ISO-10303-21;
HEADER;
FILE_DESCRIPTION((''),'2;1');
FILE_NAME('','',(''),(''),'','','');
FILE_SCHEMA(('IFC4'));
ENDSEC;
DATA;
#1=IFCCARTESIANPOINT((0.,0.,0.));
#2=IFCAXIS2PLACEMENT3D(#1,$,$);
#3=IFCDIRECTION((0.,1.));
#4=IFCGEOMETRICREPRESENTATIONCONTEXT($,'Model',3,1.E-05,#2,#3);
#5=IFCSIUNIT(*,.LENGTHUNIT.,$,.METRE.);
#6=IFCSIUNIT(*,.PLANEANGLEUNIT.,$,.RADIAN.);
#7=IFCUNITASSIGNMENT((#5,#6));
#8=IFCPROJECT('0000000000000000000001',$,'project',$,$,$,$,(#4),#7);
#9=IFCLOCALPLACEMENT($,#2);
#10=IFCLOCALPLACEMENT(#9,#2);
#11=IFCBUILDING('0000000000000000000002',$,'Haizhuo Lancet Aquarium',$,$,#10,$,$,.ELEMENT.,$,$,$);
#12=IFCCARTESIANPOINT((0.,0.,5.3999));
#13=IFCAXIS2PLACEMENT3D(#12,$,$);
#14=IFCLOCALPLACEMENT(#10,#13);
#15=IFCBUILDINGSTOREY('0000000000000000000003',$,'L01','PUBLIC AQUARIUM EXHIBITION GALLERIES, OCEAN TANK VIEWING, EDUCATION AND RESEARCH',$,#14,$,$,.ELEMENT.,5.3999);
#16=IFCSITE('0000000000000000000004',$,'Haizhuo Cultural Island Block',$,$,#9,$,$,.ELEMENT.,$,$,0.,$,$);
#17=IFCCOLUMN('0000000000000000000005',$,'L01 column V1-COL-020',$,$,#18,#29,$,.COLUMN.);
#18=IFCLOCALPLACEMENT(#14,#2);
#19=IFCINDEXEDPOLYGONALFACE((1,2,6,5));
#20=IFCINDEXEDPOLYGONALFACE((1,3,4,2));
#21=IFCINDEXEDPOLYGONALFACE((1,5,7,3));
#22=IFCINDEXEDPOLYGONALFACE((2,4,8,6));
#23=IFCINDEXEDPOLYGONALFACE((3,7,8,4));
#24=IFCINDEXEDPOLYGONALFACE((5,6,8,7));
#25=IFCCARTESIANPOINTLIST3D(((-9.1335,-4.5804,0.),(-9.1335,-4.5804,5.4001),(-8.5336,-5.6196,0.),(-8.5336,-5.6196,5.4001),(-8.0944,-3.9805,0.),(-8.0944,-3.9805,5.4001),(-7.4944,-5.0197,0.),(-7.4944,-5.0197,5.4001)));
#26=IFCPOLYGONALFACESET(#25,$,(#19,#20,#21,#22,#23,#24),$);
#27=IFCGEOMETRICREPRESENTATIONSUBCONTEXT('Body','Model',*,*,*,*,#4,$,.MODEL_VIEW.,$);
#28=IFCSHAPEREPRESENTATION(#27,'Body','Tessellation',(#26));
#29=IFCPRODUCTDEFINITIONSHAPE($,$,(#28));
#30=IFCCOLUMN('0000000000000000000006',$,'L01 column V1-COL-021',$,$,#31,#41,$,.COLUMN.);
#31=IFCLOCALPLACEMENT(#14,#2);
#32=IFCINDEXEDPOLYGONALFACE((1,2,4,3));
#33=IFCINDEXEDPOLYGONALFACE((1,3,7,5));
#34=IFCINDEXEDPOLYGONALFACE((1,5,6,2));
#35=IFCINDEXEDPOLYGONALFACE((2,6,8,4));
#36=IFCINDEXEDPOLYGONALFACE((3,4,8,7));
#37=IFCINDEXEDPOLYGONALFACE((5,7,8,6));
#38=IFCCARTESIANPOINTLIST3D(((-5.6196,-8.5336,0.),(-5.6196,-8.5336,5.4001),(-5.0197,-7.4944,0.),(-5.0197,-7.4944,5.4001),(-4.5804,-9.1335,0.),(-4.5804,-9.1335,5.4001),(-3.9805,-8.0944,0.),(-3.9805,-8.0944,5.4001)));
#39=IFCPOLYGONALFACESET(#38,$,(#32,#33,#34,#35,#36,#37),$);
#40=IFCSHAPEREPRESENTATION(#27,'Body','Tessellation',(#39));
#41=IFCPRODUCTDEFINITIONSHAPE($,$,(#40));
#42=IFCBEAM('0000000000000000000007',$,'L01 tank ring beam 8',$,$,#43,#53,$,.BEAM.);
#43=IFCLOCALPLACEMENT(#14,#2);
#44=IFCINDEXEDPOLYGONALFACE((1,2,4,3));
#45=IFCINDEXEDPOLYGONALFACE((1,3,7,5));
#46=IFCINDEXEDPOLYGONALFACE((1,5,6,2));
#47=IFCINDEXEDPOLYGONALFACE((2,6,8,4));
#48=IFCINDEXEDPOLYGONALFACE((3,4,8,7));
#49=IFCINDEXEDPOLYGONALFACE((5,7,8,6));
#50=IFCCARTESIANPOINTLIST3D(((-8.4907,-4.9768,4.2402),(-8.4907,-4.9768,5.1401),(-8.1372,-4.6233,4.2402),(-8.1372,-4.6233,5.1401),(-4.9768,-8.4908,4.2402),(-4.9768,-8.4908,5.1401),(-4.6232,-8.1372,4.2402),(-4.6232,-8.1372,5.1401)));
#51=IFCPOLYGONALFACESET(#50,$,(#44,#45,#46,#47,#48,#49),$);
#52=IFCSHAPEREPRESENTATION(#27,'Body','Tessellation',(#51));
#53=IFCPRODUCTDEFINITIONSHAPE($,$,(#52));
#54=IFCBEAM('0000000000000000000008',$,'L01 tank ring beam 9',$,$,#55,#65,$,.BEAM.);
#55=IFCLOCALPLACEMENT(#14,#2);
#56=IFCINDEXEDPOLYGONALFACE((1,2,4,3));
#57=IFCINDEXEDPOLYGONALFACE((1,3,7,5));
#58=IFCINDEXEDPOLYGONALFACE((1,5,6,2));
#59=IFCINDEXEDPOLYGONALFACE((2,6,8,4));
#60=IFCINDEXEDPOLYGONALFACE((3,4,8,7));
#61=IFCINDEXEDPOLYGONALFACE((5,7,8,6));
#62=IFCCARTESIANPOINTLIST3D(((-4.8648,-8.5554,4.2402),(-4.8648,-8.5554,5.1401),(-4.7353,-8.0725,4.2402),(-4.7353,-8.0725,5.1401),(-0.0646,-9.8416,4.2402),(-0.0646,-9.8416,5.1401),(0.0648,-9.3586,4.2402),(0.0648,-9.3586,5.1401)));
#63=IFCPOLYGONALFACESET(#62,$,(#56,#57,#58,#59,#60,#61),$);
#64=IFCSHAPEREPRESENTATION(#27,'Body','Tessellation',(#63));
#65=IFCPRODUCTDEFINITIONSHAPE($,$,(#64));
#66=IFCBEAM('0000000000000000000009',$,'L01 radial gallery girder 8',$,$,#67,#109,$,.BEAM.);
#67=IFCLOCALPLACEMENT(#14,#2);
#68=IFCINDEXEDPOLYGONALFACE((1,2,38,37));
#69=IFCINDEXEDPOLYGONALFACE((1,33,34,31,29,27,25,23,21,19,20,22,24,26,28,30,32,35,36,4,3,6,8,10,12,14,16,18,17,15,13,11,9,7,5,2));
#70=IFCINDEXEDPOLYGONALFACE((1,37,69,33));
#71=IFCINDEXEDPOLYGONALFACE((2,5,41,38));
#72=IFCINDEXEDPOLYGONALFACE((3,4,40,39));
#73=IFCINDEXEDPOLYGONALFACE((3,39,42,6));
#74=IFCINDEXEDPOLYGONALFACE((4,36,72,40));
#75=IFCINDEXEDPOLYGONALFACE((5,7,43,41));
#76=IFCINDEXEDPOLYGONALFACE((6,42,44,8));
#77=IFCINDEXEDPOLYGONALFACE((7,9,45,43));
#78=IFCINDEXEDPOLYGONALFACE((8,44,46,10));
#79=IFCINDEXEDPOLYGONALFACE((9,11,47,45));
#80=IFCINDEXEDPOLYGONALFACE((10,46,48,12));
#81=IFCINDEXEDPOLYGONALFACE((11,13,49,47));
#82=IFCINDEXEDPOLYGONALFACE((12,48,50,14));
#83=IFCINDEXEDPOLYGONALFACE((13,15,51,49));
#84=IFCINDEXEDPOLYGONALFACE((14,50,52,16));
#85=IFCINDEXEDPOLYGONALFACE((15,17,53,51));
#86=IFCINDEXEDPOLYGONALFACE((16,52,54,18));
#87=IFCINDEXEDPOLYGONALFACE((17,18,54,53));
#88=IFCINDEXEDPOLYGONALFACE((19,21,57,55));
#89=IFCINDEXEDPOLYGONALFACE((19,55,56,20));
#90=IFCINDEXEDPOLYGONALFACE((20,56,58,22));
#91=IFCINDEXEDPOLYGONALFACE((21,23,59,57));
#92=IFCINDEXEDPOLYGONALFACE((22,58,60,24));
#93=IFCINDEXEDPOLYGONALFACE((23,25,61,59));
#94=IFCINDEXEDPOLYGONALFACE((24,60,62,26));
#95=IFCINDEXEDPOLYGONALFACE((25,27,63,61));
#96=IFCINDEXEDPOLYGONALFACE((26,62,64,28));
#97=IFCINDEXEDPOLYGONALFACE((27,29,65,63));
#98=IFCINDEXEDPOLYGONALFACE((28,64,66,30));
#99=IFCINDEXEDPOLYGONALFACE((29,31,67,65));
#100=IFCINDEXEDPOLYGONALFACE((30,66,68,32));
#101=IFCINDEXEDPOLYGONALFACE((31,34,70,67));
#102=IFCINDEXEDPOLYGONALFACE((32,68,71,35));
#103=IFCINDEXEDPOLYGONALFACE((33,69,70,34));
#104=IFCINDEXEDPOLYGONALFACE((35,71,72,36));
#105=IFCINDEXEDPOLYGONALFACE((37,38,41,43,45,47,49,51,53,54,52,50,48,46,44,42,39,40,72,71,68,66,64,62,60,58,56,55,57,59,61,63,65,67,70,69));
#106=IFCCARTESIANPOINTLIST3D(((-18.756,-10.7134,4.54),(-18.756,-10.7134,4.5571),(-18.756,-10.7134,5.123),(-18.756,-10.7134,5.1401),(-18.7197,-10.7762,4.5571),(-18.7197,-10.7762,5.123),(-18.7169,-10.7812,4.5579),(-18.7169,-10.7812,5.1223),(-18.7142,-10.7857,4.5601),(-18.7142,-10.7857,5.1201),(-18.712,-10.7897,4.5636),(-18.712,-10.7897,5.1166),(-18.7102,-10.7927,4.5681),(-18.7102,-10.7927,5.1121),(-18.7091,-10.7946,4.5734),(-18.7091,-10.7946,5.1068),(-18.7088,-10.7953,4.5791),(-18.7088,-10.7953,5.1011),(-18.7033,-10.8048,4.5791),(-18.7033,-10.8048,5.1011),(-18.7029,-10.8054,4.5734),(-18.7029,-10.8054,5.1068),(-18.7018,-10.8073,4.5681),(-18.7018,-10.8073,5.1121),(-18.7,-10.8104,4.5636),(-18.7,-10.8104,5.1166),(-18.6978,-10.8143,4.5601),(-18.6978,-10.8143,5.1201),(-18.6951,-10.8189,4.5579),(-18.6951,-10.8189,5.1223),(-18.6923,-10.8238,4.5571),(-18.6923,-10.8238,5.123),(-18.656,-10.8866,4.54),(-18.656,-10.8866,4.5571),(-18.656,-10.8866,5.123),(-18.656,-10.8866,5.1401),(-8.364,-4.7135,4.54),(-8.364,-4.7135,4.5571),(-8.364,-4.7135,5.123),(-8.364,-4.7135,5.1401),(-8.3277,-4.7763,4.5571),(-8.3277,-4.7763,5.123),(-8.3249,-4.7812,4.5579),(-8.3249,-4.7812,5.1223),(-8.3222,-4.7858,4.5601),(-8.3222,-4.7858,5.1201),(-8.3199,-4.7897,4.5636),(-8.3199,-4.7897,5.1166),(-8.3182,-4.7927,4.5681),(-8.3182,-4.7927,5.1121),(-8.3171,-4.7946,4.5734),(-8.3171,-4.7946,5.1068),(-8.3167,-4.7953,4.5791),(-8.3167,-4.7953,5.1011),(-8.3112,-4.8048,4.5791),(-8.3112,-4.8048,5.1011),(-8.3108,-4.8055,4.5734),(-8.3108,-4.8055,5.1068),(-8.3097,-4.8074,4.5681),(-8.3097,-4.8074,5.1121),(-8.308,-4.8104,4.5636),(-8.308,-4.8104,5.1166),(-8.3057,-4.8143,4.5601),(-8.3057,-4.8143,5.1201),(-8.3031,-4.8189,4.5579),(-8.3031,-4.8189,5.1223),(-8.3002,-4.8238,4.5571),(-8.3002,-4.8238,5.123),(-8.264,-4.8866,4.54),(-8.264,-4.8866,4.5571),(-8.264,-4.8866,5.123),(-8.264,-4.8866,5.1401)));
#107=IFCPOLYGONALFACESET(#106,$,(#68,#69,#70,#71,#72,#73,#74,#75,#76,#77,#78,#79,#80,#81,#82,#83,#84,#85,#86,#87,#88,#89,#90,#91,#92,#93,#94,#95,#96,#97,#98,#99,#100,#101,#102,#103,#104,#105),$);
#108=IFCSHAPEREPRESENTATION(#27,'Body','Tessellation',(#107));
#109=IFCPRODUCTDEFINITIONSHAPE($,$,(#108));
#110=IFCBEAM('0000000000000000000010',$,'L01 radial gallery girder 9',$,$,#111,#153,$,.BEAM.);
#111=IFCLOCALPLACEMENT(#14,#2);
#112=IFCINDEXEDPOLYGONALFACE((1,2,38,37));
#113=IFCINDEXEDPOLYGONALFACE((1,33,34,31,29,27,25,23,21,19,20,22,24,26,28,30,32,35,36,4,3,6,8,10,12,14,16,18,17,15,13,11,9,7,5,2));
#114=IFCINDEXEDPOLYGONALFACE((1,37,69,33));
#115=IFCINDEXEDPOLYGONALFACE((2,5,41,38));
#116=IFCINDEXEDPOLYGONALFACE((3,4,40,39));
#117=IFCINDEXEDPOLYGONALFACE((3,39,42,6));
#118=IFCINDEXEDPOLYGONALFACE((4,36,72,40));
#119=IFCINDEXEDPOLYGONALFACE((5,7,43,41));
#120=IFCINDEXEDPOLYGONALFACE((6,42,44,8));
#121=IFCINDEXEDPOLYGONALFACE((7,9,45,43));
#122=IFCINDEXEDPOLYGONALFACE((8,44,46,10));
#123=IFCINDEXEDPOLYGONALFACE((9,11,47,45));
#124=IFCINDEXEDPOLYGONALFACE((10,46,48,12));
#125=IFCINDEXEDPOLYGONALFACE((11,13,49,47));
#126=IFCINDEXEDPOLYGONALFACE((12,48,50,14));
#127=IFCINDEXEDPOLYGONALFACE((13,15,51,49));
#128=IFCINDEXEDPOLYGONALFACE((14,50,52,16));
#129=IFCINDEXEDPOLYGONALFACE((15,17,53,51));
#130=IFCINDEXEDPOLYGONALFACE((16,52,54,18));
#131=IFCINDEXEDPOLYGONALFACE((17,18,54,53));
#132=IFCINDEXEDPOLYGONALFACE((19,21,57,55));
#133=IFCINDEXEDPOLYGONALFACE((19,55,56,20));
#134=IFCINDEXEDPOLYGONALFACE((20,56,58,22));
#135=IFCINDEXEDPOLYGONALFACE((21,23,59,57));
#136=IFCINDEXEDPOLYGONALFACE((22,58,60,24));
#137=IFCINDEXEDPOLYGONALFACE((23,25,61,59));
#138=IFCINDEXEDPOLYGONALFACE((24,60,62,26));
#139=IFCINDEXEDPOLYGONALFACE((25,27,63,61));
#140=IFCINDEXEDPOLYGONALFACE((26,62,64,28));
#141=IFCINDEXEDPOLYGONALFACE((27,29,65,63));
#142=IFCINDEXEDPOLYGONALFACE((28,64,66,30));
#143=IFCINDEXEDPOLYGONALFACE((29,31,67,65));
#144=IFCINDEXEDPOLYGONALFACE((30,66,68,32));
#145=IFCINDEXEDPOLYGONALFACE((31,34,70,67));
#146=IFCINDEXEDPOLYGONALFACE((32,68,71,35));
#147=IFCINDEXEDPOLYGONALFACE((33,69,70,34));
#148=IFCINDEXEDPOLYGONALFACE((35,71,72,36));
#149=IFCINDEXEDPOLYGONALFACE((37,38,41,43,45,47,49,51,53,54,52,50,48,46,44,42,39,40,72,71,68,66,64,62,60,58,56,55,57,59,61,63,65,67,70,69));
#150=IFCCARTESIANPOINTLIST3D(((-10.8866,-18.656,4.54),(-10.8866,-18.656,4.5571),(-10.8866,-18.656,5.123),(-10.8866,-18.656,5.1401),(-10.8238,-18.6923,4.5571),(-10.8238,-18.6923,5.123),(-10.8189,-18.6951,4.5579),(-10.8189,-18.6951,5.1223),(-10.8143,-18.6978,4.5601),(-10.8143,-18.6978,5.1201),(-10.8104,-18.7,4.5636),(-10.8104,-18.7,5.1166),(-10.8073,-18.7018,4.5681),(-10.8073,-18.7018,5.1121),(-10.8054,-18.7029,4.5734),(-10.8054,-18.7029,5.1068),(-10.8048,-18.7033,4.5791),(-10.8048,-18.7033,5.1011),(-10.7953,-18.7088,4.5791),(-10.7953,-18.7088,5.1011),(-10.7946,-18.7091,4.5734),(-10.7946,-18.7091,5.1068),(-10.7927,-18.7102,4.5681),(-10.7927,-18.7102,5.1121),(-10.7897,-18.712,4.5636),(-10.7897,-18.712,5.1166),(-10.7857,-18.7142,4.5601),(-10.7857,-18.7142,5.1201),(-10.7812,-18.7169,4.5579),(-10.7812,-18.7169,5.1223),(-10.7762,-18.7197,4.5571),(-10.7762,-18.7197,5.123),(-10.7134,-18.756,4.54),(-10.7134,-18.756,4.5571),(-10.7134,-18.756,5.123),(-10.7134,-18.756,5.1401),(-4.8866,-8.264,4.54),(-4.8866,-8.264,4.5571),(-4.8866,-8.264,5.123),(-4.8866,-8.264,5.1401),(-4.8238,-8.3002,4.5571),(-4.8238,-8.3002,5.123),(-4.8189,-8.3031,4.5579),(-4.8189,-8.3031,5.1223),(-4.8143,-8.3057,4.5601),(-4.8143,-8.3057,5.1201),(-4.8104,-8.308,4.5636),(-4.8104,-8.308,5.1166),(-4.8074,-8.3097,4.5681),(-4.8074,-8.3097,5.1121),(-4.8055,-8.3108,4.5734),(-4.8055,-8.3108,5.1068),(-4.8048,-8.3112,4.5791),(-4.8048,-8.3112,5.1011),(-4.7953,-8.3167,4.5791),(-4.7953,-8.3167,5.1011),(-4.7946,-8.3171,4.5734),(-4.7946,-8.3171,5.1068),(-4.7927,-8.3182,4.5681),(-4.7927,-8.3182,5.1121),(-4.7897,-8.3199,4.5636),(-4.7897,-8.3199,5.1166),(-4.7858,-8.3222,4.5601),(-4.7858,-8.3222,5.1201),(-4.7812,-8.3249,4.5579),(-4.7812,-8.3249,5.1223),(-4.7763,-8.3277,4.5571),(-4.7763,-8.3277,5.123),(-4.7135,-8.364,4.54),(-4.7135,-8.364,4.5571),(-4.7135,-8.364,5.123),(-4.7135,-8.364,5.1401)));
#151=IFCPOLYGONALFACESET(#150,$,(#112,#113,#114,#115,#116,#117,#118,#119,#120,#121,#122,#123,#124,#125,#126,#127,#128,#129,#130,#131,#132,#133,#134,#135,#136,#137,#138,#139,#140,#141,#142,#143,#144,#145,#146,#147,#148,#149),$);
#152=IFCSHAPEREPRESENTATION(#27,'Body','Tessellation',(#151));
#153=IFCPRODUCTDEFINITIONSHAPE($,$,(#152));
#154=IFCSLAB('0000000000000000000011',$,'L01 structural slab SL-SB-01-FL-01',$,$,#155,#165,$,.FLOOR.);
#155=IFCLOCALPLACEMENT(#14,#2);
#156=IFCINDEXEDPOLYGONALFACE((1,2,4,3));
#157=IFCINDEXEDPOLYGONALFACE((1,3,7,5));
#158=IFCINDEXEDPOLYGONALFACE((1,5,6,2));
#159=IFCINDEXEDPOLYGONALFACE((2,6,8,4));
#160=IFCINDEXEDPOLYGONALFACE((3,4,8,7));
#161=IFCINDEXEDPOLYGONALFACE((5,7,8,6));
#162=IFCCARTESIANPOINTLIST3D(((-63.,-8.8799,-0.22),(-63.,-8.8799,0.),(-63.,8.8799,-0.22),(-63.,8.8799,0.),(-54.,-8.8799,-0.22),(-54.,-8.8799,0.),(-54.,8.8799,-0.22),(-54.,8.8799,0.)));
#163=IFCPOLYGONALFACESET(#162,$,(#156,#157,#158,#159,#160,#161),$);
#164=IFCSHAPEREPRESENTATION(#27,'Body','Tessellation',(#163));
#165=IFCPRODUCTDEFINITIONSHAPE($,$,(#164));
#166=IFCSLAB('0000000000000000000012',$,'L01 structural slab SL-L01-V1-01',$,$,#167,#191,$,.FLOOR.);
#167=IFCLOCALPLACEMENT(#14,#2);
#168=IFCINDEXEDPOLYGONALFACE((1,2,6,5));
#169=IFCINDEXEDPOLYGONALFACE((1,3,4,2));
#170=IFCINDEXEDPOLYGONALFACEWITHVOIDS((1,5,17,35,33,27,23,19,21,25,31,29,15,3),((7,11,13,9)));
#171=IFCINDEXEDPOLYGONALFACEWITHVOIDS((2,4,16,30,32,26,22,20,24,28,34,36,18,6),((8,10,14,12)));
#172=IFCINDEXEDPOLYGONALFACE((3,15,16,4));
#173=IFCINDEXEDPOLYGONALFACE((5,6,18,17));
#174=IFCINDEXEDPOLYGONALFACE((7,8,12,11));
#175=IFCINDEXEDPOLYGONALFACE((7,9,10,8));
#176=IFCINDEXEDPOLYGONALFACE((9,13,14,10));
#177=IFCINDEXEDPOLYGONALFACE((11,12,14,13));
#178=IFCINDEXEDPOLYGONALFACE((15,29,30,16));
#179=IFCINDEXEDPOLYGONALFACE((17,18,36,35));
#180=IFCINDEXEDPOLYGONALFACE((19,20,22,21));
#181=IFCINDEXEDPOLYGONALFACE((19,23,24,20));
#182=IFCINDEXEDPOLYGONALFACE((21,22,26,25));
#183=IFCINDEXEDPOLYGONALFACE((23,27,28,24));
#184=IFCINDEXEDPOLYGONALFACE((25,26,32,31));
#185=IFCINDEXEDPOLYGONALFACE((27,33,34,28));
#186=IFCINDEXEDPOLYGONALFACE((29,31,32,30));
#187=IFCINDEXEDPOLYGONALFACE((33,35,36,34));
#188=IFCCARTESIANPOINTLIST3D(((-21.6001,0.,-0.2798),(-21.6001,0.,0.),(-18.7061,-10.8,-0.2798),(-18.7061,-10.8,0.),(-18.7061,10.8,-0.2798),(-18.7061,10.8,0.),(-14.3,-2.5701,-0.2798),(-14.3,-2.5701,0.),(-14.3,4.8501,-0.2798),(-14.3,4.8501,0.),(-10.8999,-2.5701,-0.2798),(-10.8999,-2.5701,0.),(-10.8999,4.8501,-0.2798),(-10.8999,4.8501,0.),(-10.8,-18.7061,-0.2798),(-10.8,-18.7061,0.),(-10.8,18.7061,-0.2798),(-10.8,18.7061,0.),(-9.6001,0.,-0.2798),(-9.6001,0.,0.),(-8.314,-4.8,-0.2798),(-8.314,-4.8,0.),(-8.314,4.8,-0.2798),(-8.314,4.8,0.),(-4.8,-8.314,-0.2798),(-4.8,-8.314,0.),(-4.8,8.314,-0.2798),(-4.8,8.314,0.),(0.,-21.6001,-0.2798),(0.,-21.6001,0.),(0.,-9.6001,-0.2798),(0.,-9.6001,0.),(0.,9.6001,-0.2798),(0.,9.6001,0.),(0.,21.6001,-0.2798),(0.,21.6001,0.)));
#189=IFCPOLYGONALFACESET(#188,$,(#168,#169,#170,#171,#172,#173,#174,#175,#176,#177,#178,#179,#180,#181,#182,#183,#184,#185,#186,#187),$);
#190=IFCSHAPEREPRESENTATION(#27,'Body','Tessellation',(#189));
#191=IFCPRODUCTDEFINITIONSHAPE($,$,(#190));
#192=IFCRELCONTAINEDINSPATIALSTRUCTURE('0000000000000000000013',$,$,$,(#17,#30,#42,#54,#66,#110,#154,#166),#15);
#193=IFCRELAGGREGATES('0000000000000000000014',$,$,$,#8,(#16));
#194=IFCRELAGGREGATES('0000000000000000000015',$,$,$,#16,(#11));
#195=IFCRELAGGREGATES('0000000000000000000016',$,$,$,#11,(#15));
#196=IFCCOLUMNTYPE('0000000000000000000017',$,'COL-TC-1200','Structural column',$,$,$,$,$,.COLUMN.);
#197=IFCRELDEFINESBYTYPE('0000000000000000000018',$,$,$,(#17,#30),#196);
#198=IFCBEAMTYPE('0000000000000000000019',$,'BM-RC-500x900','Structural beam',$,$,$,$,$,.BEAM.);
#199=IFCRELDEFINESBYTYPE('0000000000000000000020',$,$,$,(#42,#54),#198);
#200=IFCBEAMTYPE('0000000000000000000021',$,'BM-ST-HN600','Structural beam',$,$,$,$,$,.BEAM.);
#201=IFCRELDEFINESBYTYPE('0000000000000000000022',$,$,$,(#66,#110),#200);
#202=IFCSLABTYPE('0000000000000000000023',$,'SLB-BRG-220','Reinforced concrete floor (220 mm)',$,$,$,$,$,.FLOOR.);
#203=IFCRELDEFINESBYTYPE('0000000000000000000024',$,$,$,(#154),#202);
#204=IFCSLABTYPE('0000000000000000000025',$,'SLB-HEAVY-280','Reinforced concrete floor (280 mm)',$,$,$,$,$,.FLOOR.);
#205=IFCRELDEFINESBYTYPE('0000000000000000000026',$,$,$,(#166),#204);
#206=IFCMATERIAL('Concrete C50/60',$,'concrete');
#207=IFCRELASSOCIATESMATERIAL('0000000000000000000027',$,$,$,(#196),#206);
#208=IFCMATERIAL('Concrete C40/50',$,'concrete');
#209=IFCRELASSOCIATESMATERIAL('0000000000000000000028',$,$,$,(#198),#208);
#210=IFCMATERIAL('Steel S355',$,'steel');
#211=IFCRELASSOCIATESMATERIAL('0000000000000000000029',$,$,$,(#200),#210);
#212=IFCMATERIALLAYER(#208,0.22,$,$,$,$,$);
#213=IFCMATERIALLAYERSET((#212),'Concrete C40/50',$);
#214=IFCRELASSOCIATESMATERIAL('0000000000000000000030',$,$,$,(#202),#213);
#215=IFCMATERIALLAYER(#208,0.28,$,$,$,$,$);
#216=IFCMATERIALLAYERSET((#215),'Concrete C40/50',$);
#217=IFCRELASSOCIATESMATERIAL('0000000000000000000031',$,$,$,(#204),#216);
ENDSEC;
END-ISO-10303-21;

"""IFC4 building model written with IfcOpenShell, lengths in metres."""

from ifc_helpers import new_model, si_unit, direction, frame, origin, origin_2d, place, context, subcontext, project, spatial, polyline, rectangle, i_section, outline, extrude, material, layer, layer_set, material_profile, profile_set, type_object, element, save


model = new_model("IFC4")

# Units and contexts
model_context = context("Model", 3, precision=1e-05, world=origin(), true_north=direction((0.0, 1.0)))
body_context = subcontext(model_context, "Body", "Model", "MODEL_VIEW")
ifc_project = project(units=[si_unit("LENGTHUNIT", "METRE"), si_unit("PLANEANGLEUNIT", "RADIAN")], contexts=[model_context])

# Site, building, storey
site_placement = place(None, origin())
site = spatial("IfcSite", under=ifc_project, at=site_placement, Name="Haizhuo Cultural Island Block", CompositionType="ELEMENT", RefElevation=0.0)
building_placement = place(site_placement, origin())
building = spatial("IfcBuilding", under=site, at=building_placement, Name="Haizhuo Lancet Aquarium", CompositionType="ELEMENT")
storey_placement = place(building_placement, frame((0.0, 0.0, 5.3999)))
storey = spatial("IfcBuildingStorey", under=building, at=storey_placement, Name="L01", Description="PUBLIC AQUARIUM EXHIBITION GALLERIES, OCEAN TANK VIEWING, EDUCATION AND RESEARCH", CompositionType="ELEMENT", Elevation=5.3999)

# Columns
ifc_material_1 = material(Name="Concrete C50/60", Category="concrete")
ifc_material_profile_1 = material_profile(ifc_material_1, rectangle(XDim=1.2, YDim=1.2, at=origin_2d()), Name="RC-COL 1200x1200")
ifc_profile_set_1 = profile_set([ifc_material_profile_1], Name="Concrete C50/60")
column_type = type_object("IfcColumnType", Name="COL-TC-1200", Description="Structural column", PredefinedType="COLUMN", material=ifc_profile_set_1)
for number, where, z_axis, x_axis, name in (
    (1, (-8.314, -4.8, 0.0), (0.0, 0.0, 1.0), (-0.866025, -0.5, 0.0), "L01 column V1-COL-020"),
    (2, (-4.8, -8.314, 0.0), (0.0, 0.0, 1.0), (-0.5, -0.866025, 0.0), "L01 column V1-COL-021"),
):
    element("IfcColumn", number, at=place(storey_placement, frame(where, z_axis=z_axis, x_axis=x_axis)), inside=storey, type_object=column_type, Name=name, PredefinedType="COLUMN", context=body_context, shape_type="SweptSolid", body=[
        extrude(rectangle(XDim=1.2, YDim=1.2, at=origin_2d()), origin(), (0.0, 0.0, 1.0), 5.4001),
    ])

# Beams
ifc_material_2 = material(Name="Concrete C40/50", Category="concrete")
ifc_material_profile_2 = material_profile(ifc_material_2, rectangle(XDim=0.5, YDim=0.8999, at=origin_2d()), Name="RC-BM 500x900")
ifc_profile_set_2 = profile_set([ifc_material_profile_2], Name="Concrete C40/50")
beam_type_1 = type_object("IfcBeamType", Name="BM-RC-500x900", Description="Structural beam", PredefinedType="BEAM", material=ifc_profile_set_2)
for number, where, z_axis, x_axis, name in (
    (3, (-8.314, -4.8, 4.6902), (0.707107, -0.707107, 0.0), (0.707107, 0.707107, 0.0), "L01 tank ring beam 8"),
    (4, (-4.8, -8.314, 4.6902), (0.965928, -0.258812, 0.0), (0.258812, 0.965928, 0.0), "L01 tank ring beam 9"),
):
    element("IfcBeam", number, at=place(storey_placement, frame(where, z_axis=z_axis, x_axis=x_axis)), inside=storey, type_object=beam_type_1, Name=name, PredefinedType="BEAM", context=body_context, shape_type="SweptSolid", body=[
        extrude(rectangle(XDim=0.5, YDim=0.8999, at=origin_2d()), origin(), (0.0, 0.0, 1.0), 4.9695),
    ])
ifc_material_3 = material(Name="Steel S355", Category="steel")
ifc_material_profile_3 = material_profile(ifc_material_3, i_section(OverallWidth=0.2, OverallDepth=0.6001, WebThickness=0.011, FlangeThickness=0.0171, FilletRadius=0.022, at=origin_2d()), Name="HN 600x200x11x17")
ifc_profile_set_3 = profile_set([ifc_material_profile_3], Name="Steel S355")
beam_type_2 = type_object("IfcBeamType", Name="BM-ST-HN600", Description="Structural beam", PredefinedType="BEAM", material=ifc_profile_set_3)
for number, where, z_axis, x_axis, name in (
    (5, (-8.314, -4.8, 4.8401), (-0.866021, -0.500008, 0.0), (0.500008, -0.866021, 0.0), "L01 radial gallery girder 8"),
    (6, (-4.8, -8.314, 4.8401), (-0.500008, -0.866021, 0.0), (0.866021, -0.500008, 0.0), "L01 radial gallery girder 9"),
):
    element("IfcBeam", number, at=place(storey_placement, frame(where, z_axis=z_axis, x_axis=x_axis)), inside=storey, type_object=beam_type_2, Name=name, PredefinedType="BEAM", context=body_context, shape_type="SweptSolid", body=[
        extrude(i_section(OverallWidth=0.2, OverallDepth=0.6001, WebThickness=0.011, FlangeThickness=0.0171, FilletRadius=0.022, at=origin_2d()), origin(), (0.0, 0.0, 1.0), 11.9998),
    ])

# Slabs
ifc_layer_1 = layer(ifc_material_2, 0.22)
ifc_layer_set_1 = layer_set([ifc_layer_1], Name="Concrete C40/50")
slab_type_1 = type_object("IfcSlabType", Name="SLB-BRG-220", Description="Reinforced concrete floor (220 mm)", PredefinedType="FLOOR", material=ifc_layer_set_1)
slab_1_placement = place(storey_placement, frame((0.0, 0.0, -0.22)))
element("IfcSlab", 7, at=slab_1_placement, inside=storey, type_object=slab_type_1, Name="L01 structural slab SL-SB-01-FL-01", PredefinedType="FLOOR", context=body_context, shape_type="SweptSolid", body=[
    extrude(outline(polyline([(-63.0, -8.8799), (-54.0, -8.8799), (-54.0, 8.8799), (-63.0, 8.8799), (-63.0, -8.8799)])), origin(), (0.0, 0.0, 1.0), 0.22),
])
ifc_layer_2 = layer(ifc_material_2, 0.28)
ifc_layer_set_2 = layer_set([ifc_layer_2], Name="Concrete C40/50")
slab_type_2 = type_object("IfcSlabType", Name="SLB-HEAVY-280", Description="Reinforced concrete floor (280 mm)", PredefinedType="FLOOR", material=ifc_layer_set_2)
slab_2_placement = place(storey_placement, frame((0.0, 0.0, -0.2798)))
element("IfcSlab", 8, at=slab_2_placement, inside=storey, type_object=slab_type_2, Name="L01 structural slab SL-L01-V1-01", PredefinedType="FLOOR", context=body_context, shape_type="SweptSolid", body=[
    extrude(outline(polyline([(-18.7061, 10.8), (-21.6001, 0.0), (-18.7061, -10.8), (-10.8, -18.7061), (0.0, -21.6001), (0.0, -9.6001), (-4.8, -8.314), (-8.314, -4.8), (-9.6001, 0.0), (-8.314, 4.8), (-4.8, 8.314), (0.0, 9.6001), (0.0, 21.6001), (-10.8, 18.7061), (-18.7061, 10.8)]), holes=[polyline([(-14.3, -2.5701), (-10.8999, -2.5701), (-10.8999, 4.8501), (-14.3, 4.8501), (-14.3, -2.5701)])]), origin(), (0.0, 0.0, 1.0), 0.2798),
])

save(model, "model.ifc")
